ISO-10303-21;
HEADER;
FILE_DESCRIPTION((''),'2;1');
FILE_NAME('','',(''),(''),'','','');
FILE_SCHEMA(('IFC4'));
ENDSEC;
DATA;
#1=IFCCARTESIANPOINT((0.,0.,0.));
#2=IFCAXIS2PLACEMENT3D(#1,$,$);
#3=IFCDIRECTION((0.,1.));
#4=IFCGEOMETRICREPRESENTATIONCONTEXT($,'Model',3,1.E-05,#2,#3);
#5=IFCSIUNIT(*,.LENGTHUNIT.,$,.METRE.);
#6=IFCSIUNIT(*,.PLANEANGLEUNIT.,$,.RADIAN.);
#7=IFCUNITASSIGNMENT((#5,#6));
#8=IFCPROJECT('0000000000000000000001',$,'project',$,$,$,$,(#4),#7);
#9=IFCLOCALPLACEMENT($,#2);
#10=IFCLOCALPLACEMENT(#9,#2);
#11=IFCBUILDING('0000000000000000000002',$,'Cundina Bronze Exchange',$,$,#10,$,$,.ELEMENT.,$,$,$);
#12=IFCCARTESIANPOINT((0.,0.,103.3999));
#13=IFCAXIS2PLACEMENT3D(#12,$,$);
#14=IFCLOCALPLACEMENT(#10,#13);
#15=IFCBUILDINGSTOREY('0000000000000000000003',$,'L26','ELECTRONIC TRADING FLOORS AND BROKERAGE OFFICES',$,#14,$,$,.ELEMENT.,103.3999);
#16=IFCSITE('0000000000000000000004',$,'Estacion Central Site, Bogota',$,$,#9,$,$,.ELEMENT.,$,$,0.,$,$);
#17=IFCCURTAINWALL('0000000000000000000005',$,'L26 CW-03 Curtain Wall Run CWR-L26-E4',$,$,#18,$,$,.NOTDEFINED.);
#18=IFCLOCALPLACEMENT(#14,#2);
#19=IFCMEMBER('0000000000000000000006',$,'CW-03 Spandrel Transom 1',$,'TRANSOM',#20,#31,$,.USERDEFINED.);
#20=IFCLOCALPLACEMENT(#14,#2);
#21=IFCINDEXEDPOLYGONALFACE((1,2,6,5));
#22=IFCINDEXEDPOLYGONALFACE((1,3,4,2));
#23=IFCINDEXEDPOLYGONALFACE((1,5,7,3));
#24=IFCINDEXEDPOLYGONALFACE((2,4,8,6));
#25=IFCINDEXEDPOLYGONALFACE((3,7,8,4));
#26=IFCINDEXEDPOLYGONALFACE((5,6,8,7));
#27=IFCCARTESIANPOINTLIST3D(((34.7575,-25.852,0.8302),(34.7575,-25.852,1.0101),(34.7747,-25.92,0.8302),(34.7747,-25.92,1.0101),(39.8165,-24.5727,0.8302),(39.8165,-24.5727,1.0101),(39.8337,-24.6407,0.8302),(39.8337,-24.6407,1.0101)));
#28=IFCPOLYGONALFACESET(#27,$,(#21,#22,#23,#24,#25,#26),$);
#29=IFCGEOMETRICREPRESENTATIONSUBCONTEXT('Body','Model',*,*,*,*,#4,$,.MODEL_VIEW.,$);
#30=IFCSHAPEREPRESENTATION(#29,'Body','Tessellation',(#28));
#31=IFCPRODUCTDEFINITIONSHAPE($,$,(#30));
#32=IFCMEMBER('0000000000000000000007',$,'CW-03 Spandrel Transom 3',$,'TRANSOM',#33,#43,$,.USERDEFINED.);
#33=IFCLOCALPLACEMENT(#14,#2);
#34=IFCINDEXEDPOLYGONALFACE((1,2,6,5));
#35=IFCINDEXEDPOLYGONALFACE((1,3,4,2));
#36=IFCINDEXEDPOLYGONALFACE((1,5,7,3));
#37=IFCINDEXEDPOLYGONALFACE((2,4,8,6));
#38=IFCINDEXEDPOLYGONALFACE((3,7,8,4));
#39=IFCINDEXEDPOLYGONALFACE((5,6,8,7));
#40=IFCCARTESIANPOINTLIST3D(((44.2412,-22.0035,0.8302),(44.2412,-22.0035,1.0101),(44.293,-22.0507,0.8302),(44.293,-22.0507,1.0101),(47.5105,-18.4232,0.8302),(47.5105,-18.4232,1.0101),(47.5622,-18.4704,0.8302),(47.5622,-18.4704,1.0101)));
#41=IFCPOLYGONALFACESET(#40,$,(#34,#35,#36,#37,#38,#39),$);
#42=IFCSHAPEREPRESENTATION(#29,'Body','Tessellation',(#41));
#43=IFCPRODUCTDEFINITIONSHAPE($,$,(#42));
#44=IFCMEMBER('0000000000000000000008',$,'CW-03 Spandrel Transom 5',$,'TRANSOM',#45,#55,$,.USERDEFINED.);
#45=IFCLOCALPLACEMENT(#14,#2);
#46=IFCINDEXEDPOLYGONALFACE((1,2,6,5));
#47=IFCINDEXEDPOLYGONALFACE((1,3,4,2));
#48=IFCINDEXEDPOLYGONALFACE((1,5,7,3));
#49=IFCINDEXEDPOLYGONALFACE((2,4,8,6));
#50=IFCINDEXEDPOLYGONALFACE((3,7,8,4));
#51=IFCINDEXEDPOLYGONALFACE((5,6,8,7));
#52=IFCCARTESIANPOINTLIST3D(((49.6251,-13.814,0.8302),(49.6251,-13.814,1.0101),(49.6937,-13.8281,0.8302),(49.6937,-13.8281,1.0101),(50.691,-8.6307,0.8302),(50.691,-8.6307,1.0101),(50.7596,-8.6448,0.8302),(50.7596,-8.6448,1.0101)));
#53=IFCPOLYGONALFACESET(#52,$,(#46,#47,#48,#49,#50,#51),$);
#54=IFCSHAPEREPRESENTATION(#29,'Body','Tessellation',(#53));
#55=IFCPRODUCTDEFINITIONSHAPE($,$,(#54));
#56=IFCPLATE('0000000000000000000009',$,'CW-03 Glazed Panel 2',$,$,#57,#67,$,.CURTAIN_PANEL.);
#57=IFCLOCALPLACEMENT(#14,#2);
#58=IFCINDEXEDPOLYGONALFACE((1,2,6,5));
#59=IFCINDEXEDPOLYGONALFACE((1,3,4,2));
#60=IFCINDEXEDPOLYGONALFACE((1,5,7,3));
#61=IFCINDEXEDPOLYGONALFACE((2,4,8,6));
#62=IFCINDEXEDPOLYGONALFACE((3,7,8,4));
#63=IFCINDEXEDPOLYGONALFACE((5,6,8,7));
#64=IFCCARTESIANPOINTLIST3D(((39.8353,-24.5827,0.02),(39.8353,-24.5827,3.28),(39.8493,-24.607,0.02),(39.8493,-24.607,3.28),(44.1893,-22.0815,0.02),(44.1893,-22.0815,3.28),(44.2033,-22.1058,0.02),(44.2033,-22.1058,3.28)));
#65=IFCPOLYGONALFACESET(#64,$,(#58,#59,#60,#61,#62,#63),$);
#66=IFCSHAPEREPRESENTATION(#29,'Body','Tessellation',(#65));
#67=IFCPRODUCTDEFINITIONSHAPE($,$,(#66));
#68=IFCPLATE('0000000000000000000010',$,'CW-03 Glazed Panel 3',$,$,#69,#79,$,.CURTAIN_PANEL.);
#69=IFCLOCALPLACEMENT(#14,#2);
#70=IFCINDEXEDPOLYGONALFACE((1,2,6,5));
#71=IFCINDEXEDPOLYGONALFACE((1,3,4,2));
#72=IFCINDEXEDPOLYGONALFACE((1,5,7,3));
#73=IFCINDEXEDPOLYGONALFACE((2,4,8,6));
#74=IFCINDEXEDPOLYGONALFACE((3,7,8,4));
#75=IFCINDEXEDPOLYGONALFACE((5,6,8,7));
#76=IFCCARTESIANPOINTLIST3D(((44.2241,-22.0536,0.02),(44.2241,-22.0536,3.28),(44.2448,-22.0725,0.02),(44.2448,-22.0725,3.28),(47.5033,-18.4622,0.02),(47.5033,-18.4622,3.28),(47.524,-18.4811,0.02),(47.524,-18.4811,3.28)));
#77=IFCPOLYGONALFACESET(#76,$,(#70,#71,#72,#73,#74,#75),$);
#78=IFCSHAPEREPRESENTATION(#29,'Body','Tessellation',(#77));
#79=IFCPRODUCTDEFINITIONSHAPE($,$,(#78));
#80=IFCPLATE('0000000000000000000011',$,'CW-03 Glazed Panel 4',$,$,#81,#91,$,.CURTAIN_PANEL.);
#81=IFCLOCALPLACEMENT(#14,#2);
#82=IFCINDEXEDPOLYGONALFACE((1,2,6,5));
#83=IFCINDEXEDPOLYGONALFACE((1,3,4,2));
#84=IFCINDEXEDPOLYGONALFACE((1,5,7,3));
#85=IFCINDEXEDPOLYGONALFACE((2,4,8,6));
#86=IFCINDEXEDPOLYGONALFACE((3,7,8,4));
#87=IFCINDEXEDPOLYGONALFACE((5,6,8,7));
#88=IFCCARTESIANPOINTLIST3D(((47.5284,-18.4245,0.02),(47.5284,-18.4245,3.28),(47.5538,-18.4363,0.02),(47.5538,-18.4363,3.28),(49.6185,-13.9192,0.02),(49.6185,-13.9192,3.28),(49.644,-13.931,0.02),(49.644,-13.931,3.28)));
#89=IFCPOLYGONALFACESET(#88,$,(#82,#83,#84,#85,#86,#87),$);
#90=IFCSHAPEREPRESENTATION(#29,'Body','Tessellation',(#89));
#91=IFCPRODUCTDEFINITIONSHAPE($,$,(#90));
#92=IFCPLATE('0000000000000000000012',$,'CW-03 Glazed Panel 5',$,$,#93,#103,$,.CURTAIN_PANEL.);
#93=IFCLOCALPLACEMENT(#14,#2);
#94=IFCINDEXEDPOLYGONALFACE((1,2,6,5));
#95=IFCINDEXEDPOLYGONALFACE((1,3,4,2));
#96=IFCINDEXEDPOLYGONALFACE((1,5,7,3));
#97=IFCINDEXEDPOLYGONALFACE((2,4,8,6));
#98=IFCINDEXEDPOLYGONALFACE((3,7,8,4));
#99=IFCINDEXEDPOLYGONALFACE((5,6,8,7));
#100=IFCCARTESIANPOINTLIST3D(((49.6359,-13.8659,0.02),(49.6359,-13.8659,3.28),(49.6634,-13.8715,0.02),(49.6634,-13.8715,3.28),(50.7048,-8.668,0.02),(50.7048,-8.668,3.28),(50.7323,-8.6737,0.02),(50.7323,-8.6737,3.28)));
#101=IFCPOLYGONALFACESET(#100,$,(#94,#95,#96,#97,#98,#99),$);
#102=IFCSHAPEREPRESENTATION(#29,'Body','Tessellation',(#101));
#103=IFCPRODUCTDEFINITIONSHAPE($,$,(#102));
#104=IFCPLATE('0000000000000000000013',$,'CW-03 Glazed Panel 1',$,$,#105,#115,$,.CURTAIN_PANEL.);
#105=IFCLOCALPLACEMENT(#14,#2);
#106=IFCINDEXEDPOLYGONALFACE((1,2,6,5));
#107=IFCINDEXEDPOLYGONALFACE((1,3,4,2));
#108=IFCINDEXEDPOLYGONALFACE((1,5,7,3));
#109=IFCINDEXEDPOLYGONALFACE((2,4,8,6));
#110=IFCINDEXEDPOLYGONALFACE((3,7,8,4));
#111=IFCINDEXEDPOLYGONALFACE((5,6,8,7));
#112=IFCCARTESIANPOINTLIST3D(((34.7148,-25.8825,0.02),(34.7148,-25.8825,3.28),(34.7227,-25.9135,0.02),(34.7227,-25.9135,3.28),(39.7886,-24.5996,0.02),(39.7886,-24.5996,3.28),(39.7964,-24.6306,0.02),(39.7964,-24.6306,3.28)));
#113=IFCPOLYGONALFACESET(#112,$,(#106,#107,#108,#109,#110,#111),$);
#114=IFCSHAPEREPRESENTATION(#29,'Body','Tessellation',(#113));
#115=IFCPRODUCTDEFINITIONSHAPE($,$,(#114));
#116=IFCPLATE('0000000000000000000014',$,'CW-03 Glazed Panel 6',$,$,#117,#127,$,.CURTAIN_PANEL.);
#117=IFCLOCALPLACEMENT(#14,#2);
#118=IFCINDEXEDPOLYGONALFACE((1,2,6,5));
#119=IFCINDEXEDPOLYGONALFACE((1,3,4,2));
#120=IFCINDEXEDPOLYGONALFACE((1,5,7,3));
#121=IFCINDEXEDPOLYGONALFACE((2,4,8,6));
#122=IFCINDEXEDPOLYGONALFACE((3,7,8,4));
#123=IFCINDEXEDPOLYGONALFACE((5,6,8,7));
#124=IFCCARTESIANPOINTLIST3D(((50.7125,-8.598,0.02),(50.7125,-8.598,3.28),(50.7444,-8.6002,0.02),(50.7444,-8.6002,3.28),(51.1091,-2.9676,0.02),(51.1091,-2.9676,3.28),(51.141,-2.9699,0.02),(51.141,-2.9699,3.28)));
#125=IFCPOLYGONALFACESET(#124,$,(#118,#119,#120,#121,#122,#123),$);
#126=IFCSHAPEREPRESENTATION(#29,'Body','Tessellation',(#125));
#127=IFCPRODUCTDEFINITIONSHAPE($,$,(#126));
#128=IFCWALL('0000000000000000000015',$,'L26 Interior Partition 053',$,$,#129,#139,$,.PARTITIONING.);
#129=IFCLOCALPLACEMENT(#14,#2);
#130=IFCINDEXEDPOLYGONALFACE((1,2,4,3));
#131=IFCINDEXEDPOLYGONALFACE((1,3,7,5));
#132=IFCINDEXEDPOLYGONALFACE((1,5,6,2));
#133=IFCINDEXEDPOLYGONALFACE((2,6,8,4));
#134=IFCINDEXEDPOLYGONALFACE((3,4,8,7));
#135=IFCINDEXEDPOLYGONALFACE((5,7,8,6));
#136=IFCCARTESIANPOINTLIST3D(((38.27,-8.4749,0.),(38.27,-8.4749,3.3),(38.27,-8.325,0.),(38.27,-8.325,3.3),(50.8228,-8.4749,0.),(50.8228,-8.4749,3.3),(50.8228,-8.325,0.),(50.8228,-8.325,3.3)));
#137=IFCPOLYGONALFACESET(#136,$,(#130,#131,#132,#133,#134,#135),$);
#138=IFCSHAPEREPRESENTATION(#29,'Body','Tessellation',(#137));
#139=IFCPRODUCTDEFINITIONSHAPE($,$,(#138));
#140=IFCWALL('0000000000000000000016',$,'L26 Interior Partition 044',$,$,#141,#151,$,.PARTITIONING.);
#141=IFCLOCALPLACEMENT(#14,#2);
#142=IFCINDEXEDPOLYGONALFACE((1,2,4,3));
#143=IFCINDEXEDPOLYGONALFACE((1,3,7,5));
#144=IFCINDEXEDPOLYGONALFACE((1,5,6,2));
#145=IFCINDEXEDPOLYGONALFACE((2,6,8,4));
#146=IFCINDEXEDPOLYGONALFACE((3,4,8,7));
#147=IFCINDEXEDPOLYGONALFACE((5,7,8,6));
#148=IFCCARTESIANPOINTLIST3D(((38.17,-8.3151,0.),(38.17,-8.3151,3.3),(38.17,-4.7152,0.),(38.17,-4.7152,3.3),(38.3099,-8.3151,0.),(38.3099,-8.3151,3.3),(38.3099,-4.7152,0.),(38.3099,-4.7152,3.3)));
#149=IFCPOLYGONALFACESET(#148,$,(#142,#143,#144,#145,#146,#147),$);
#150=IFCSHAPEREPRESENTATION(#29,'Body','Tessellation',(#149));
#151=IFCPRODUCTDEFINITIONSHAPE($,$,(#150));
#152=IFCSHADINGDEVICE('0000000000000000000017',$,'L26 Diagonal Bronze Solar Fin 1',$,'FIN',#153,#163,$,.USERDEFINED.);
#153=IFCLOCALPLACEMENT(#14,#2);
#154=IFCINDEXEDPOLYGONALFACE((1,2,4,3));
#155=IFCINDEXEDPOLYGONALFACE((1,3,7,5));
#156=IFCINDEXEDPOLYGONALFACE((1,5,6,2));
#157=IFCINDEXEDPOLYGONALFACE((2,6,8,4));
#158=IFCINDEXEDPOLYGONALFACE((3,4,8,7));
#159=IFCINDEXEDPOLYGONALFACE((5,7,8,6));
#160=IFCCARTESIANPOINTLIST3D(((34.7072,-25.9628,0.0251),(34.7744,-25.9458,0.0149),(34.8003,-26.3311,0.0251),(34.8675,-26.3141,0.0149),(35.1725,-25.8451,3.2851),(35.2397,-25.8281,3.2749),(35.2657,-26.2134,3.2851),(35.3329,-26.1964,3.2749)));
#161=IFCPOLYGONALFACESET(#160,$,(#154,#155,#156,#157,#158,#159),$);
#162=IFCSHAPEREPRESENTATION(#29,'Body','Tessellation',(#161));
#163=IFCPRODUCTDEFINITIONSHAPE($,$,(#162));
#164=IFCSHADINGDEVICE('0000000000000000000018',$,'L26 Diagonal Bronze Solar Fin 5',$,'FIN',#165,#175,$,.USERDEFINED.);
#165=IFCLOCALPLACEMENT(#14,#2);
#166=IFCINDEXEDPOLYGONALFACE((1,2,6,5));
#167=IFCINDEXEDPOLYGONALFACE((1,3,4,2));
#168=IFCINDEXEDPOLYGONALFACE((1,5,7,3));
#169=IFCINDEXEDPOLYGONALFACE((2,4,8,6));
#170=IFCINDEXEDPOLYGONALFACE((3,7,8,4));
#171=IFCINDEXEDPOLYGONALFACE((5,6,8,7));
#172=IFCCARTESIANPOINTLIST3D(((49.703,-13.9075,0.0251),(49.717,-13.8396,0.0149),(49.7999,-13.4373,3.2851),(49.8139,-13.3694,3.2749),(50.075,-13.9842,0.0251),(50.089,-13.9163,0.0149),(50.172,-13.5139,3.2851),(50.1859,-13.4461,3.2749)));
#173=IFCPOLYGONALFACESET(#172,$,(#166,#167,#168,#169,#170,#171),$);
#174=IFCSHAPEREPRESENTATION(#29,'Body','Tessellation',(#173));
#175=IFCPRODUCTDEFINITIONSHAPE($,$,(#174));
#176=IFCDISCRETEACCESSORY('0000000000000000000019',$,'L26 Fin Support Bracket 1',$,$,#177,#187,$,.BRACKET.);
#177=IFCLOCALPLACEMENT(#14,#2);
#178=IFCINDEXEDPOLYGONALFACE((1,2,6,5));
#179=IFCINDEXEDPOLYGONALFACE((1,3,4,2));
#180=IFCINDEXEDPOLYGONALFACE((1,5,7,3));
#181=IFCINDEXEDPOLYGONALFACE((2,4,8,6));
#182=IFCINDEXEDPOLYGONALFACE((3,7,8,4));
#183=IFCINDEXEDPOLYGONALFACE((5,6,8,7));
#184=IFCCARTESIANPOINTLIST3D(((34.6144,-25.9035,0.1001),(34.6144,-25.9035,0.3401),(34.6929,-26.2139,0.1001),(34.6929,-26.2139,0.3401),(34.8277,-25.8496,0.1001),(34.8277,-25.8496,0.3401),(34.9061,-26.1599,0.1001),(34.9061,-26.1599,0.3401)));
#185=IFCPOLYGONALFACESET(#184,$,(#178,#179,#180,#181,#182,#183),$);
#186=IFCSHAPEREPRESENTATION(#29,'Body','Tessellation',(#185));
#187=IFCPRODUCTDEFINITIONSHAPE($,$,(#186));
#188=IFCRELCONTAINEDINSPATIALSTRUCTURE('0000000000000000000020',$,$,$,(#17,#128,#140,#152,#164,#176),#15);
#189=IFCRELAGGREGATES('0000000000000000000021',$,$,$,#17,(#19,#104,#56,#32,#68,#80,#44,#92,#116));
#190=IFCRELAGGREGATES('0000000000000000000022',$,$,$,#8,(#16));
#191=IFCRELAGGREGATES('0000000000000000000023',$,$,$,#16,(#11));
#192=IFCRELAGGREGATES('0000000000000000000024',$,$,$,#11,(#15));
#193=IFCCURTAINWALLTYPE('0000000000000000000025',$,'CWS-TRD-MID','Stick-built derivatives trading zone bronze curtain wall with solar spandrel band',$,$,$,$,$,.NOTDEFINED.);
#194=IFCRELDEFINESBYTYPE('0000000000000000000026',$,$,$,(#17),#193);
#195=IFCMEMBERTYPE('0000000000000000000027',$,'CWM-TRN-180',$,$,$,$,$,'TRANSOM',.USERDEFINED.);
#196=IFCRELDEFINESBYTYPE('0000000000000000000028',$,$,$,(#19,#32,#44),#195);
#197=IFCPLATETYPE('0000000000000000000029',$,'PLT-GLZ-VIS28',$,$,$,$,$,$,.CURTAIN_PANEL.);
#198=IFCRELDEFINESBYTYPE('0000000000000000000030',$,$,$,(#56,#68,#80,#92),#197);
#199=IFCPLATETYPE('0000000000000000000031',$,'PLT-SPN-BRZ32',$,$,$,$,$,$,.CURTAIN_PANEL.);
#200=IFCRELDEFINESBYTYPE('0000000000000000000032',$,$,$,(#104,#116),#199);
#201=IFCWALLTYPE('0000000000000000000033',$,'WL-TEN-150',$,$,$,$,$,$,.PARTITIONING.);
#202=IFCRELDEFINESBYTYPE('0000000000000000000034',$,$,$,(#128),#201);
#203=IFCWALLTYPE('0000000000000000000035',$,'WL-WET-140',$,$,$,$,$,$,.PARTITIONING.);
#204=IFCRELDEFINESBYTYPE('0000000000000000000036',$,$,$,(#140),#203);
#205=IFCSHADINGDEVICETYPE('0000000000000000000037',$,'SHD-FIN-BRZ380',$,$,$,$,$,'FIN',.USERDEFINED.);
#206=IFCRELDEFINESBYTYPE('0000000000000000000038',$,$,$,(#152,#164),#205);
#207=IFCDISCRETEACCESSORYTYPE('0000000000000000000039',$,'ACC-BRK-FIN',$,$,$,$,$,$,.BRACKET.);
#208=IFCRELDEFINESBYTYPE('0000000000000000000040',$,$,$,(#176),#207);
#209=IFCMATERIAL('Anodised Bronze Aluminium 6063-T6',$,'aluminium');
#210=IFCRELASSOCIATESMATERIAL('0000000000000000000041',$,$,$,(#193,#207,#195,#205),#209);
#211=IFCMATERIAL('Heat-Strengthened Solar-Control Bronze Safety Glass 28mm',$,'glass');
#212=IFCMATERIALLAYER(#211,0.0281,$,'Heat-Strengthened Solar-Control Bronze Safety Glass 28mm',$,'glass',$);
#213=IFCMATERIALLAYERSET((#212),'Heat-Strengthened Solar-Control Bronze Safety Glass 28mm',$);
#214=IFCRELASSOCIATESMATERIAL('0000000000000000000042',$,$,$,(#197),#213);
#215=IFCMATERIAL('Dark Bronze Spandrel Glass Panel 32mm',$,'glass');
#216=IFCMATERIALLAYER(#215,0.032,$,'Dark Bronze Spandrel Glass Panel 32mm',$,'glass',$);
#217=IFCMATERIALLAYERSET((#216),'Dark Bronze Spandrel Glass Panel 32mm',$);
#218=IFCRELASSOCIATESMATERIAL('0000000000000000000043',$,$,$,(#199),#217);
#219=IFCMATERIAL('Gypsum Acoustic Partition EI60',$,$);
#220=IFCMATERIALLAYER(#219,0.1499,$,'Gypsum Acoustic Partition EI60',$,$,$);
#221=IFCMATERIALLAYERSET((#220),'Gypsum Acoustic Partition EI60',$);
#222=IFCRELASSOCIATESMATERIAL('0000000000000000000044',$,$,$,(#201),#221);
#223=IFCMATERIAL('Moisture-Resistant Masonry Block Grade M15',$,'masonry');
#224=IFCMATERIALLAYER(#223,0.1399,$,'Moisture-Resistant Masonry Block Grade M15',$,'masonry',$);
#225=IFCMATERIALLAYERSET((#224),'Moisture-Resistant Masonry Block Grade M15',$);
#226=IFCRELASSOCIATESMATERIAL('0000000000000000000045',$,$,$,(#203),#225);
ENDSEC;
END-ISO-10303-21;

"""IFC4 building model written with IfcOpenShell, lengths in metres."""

from ifc_helpers import new_model, si_unit, direction, frame, frame_2d, origin, origin_2d, place, context, subcontext, project, spatial, rectangle, extrude, material, layer, layer_set, material_profile, profile_set, type_object, element, aggregate, save


model = new_model("IFC4")

# Units and contexts
model_context = context("Model", 3, precision=1e-05, world=origin(), true_north=direction((0.0, 1.0)))
body_context = subcontext(model_context, "Body", "Model", "MODEL_VIEW")
ifc_project = project(units=[si_unit("LENGTHUNIT", "METRE"), si_unit("PLANEANGLEUNIT", "RADIAN")], contexts=[model_context])

# Site, building, storey
site_placement = place(None, origin())
site = spatial("IfcSite", under=ifc_project, at=site_placement, Name="Estacion Central Site, Bogota", CompositionType="ELEMENT", RefElevation=0.0)
building_placement = place(site_placement, origin())
building = spatial("IfcBuilding", under=site, at=building_placement, Name="Cundina Bronze Exchange", CompositionType="ELEMENT")
storey_placement = place(building_placement, frame((0.0, 0.0, 103.3999)))
storey = spatial("IfcBuildingStorey", under=building, at=storey_placement, Name="L26", Description="ELECTRONIC TRADING FLOORS AND BROKERAGE OFFICES", CompositionType="ELEMENT", Elevation=103.3999)

# Shared definitions
ifc_material_1 = material(Name="Anodised Bronze Aluminium 6063-T6", Category="aluminium")
curtain_wall_type = type_object("IfcCurtainWallType", Name="CWS-TRD-MID", Description="Stick-built derivatives trading zone bronze curtain wall with solar spandrel band", PredefinedType="NOTDEFINED", material=ifc_material_1)

# Curtain wall, members, plates
curtain_wall_1_placement = place(storey_placement, origin())
curtain_wall_1 = element("IfcCurtainWall", 1, at=curtain_wall_1_placement, inside=storey, type_object=curtain_wall_type, Name="L26 CW-03 Curtain Wall Run CWR-L26-E4", PredefinedType="NOTDEFINED")
ifc_material_profile_1 = material_profile(ifc_material_1, rectangle(XDim=0.0701, YDim=0.1799, at=origin_2d()), Name="AL70X180", Category="aluminium")
ifc_profile_set_1 = profile_set([ifc_material_profile_1], Name="Anodised Bronze Aluminium 6063-T6")
member_type_1 = type_object("IfcMemberType", Name="CWM-TRN-180", ElementType="TRANSOM", PredefinedType="USERDEFINED", material=ifc_profile_set_1)
member_1_placement = place(storey_placement, frame((34.7661, -25.886, 0.9202), z_axis=(0.969484, 0.245155, 0.0), x_axis=(-0.245155, 0.969484, 0.0)))
member_1 = element("IfcMember", 2, at=member_1_placement, type_object=member_type_1, Name="CW-03 Spandrel Transom 1", ObjectType="TRANSOM", PredefinedType="USERDEFINED", context=body_context, shape_type="SweptSolid", body=[
    extrude(rectangle(XDim=0.0701, YDim=0.1799, at=origin_2d()), origin(), (0.0, 0.0, 1.0), 5.2183),
])
member_2_placement = place(storey_placement, frame((44.2671, -22.0271, 0.9202), z_axis=(0.674303, 0.738455, 0.0), x_axis=(-0.738455, 0.674303, 0.0)))
member_2 = element("IfcMember", 3, at=member_2_placement, type_object=member_type_1, Name="CW-03 Spandrel Transom 3", ObjectType="TRANSOM", PredefinedType="USERDEFINED", context=body_context, shape_type="SweptSolid", body=[
    extrude(rectangle(XDim=0.0701, YDim=0.1799, at=origin_2d()), origin(), (0.0, 0.0, 1.0), 4.8484),
])
member_3_placement = place(storey_placement, frame((49.6594, -13.821, 0.9202), z_axis=(0.201428, 0.979503, 0.0), x_axis=(-0.979503, 0.201428, 0.0)))
member_3 = element("IfcMember", 4, at=member_3_placement, type_object=member_type_1, Name="CW-03 Spandrel Transom 5", ObjectType="TRANSOM", PredefinedType="USERDEFINED", context=body_context, shape_type="SweptSolid", body=[
    extrude(rectangle(XDim=0.0701, YDim=0.1799, at=origin_2d()), origin(), (0.0, 0.0, 1.0), 5.2917),
])
ifc_material_2 = material(Name="Heat-Strengthened Solar-Control Bronze Safety Glass 28mm", Category="glass")
ifc_layer_1 = layer(ifc_material_2, 0.0281, Name="Heat-Strengthened Solar-Control Bronze Safety Glass 28mm", Category="glass")
ifc_layer_set_1 = layer_set([ifc_layer_1], Name="Heat-Strengthened Solar-Control Bronze Safety Glass 28mm")
plate_type_1 = type_object("IfcPlateType", Name="PLT-GLZ-VIS28", PredefinedType="CURTAIN_PANEL", material=ifc_layer_set_1)
plate_1_placement = place(storey_placement, frame((42.0193, -23.3442, 0.02), z_axis=(0.0, 0.0, 1.0), x_axis=(0.867105, 0.498125, 0.0)))
plate_1 = element("IfcPlate", 5, at=plate_1_placement, type_object=plate_type_1, Name="CW-03 Glazed Panel 2", PredefinedType="CURTAIN_PANEL", context=body_context, shape_type="SweptSolid", body=[
    extrude(rectangle(XDim=5.0212, YDim=0.0281, at=origin_2d()), origin(), (0.0, 0.0, 1.0), 3.26),
])
plate_2_placement = place(storey_placement, frame((45.874, -20.2673, 0.02), z_axis=(0.0, 0.0, 1.0), x_axis=(0.674277, 0.738479, 0.0)))
plate_2 = element("IfcPlate", 6, at=plate_2_placement, type_object=plate_type_1, Name="CW-03 Glazed Panel 3", PredefinedType="CURTAIN_PANEL", context=body_context, shape_type="SweptSolid", body=[
    extrude(rectangle(XDim=4.8633, YDim=0.0281, at=origin_2d()), origin(), (0.0, 0.0, 1.0), 3.26),
])
plate_3_placement = place(storey_placement, frame((48.5862, -16.1777, 0.02), z_axis=(0.0, 0.0, 1.0), x_axis=(0.420846, 0.907132, 0.0)))
plate_3 = element("IfcPlate", 7, at=plate_3_placement, type_object=plate_type_1, Name="CW-03 Glazed Panel 4", PredefinedType="CURTAIN_PANEL", context=body_context, shape_type="SweptSolid", body=[
    extrude(rectangle(XDim=4.9666, YDim=0.0281, at=origin_2d()), origin(), (0.0, 0.0, 1.0), 3.26),
])
plate_4_placement = place(storey_placement, frame((50.1841, -11.2698, 0.02), z_axis=(0.0, 0.0, 1.0), x_axis=(0.20142, 0.979505, 0.0)))
plate_4 = element("IfcPlate", 8, at=plate_4_placement, type_object=plate_type_1, Name="CW-03 Glazed Panel 5", PredefinedType="CURTAIN_PANEL", context=body_context, shape_type="SweptSolid", body=[
    extrude(rectangle(XDim=5.3066, YDim=0.0281, at=origin_2d()), origin(), (0.0, 0.0, 1.0), 3.26),
])
ifc_material_3 = material(Name="Dark Bronze Spandrel Glass Panel 32mm", Category="glass")
ifc_layer_2 = layer(ifc_material_3, 0.032, Name="Dark Bronze Spandrel Glass Panel 32mm", Category="glass")
ifc_layer_set_2 = layer_set([ifc_layer_2], Name="Dark Bronze Spandrel Glass Panel 32mm")
plate_type_2 = type_object("IfcPlateType", Name="PLT-SPN-BRZ32", PredefinedType="CURTAIN_PANEL", material=ifc_layer_set_2)
plate_5_placement = place(storey_placement, frame((37.2556, -25.2566, 0.02), z_axis=(0.0, 0.0, 1.0), x_axis=(0.969488, 0.245138, 0.0)))
plate_5 = element("IfcPlate", 9, at=plate_5_placement, type_object=plate_type_2, Name="CW-03 Glazed Panel 1", PredefinedType="CURTAIN_PANEL", context=body_context, shape_type="SweptSolid", body=[
    extrude(rectangle(XDim=5.2334, YDim=0.032, at=origin_2d()), origin(), (0.0, 0.0, 1.0), 3.26),
])
plate_6_placement = place(storey_placement, frame((50.9268, -5.7839, 0.02), z_axis=(0.0, 0.0, 1.0), x_axis=(0.070279, 0.997527, 0.0)))
plate_6 = element("IfcPlate", 10, at=plate_6_placement, type_object=plate_type_2, Name="CW-03 Glazed Panel 6", PredefinedType="CURTAIN_PANEL", context=body_context, shape_type="SweptSolid", body=[
    extrude(rectangle(XDim=5.6443, YDim=0.032, at=origin_2d()), origin(), (0.0, 0.0, 1.0), 3.26),
])
aggregate(curtain_wall_1, [member_1, plate_5, plate_1, member_2, plate_2, plate_3, member_3, plate_4, plate_6])

# Walls
ifc_material_4 = material(Name="Gypsum Acoustic Partition EI60")
ifc_layer_3 = layer(ifc_material_4, 0.1499, Name="Gypsum Acoustic Partition EI60")
ifc_layer_set_3 = layer_set([ifc_layer_3], Name="Gypsum Acoustic Partition EI60")
wall_type_1 = type_object("IfcWallType", Name="WL-TEN-150", PredefinedType="PARTITIONING", material=ifc_layer_set_3)
wall_1_placement = place(storey_placement, frame((38.27, -8.3999, 0.0), z_axis=(0.0, 0.0, 1.0), x_axis=(1.0, 0.0, 0.0)))
element("IfcWall", 11, at=wall_1_placement, inside=storey, type_object=wall_type_1, Name="L26 Interior Partition 053", PredefinedType="PARTITIONING", context=body_context, shape_type="SweptSolid", body=[
    extrude(rectangle(XDim=12.5527, YDim=0.1499, at=frame_2d((6.2764, 0.0))), origin(), (0.0, 0.0, 1.0), 3.3),
])
ifc_material_5 = material(Name="Moisture-Resistant Masonry Block Grade M15", Category="masonry")
ifc_layer_4 = layer(ifc_material_5, 0.1399, Name="Moisture-Resistant Masonry Block Grade M15", Category="masonry")
ifc_layer_set_4 = layer_set([ifc_layer_4], Name="Moisture-Resistant Masonry Block Grade M15")
wall_type_2 = type_object("IfcWallType", Name="WL-WET-140", PredefinedType="PARTITIONING", material=ifc_layer_set_4)
wall_2_placement = place(storey_placement, frame((38.24, -8.3149, 0.0), z_axis=(0.0, 0.0, 1.0), x_axis=(0.0, 1.0, 0.0)))
element("IfcWall", 12, at=wall_2_placement, inside=storey, type_object=wall_type_2, Name="L26 Interior Partition 044", PredefinedType="PARTITIONING", context=body_context, shape_type="SweptSolid", body=[
    extrude(rectangle(XDim=3.5999, YDim=0.1399, at=frame_2d((1.7998, 0.0))), origin(), (0.0, 0.0, 1.0), 3.3),
])

# Shading devices
ifc_material_profile_2 = material_profile(ifc_material_1, rectangle(XDim=0.0701, YDim=0.3799, at=origin_2d()), Name="FIN70X380", Category="aluminium")
ifc_profile_set_2 = profile_set([ifc_material_profile_2], Name="Anodised Bronze Aluminium 6063-T6")
shading_device_type = type_object("IfcShadingDeviceType", Name="SHD-FIN-BRZ380", ElementType="FIN", PredefinedType="USERDEFINED", material=ifc_profile_set_2)
for number, where, z_axis, x_axis, name in (
    (13, (34.7874, -26.1384, 0.02), (0.141217, 0.035712, 0.989334), (-0.959141, -0.242553, 0.145663), "L26 Diagonal Bronze Solar Fin 1"),
    (14, (49.896, -13.9119, 0.02), (0.029414, 0.142698, 0.989329), (-0.199728, -0.968959, 0.145698), "L26 Diagonal Bronze Solar Fin 5"),
):
    element("IfcShadingDevice", number, at=place(storey_placement, frame(where, z_axis=z_axis, x_axis=x_axis)), inside=storey, type_object=shading_device_type, Name=name, ObjectType="FIN", PredefinedType="USERDEFINED", context=body_context, shape_type="SweptSolid", body=[
        extrude(rectangle(XDim=0.0701, YDim=0.3799, at=origin_2d()), origin(), (0.0, 0.0, 1.0), 3.2952),
    ])

# Discrete accessory
discrete_accessory_type = type_object("IfcDiscreteAccessoryType", Name="ACC-BRK-FIN", PredefinedType="BRACKET", material=ifc_material_1)
for number, where, z_axis, x_axis, name in (
    (15, (34.7603, -26.0317, 0.1001), (0.0, 0.0, 1.0), (0.969488, 0.245138, 0.0), "L26 Fin Support Bracket 1"),
):
    element("IfcDiscreteAccessory", number, at=place(storey_placement, frame(where, z_axis=z_axis, x_axis=x_axis)), inside=storey, type_object=discrete_accessory_type, Name=name, PredefinedType="BRACKET", context=body_context, shape_type="SweptSolid", body=[
        extrude(rectangle(XDim=0.22, YDim=0.3201, at=origin_2d()), origin(), (0.0, 0.0, 1.0), 0.24),
    ])

save(model, "model.ifc")
